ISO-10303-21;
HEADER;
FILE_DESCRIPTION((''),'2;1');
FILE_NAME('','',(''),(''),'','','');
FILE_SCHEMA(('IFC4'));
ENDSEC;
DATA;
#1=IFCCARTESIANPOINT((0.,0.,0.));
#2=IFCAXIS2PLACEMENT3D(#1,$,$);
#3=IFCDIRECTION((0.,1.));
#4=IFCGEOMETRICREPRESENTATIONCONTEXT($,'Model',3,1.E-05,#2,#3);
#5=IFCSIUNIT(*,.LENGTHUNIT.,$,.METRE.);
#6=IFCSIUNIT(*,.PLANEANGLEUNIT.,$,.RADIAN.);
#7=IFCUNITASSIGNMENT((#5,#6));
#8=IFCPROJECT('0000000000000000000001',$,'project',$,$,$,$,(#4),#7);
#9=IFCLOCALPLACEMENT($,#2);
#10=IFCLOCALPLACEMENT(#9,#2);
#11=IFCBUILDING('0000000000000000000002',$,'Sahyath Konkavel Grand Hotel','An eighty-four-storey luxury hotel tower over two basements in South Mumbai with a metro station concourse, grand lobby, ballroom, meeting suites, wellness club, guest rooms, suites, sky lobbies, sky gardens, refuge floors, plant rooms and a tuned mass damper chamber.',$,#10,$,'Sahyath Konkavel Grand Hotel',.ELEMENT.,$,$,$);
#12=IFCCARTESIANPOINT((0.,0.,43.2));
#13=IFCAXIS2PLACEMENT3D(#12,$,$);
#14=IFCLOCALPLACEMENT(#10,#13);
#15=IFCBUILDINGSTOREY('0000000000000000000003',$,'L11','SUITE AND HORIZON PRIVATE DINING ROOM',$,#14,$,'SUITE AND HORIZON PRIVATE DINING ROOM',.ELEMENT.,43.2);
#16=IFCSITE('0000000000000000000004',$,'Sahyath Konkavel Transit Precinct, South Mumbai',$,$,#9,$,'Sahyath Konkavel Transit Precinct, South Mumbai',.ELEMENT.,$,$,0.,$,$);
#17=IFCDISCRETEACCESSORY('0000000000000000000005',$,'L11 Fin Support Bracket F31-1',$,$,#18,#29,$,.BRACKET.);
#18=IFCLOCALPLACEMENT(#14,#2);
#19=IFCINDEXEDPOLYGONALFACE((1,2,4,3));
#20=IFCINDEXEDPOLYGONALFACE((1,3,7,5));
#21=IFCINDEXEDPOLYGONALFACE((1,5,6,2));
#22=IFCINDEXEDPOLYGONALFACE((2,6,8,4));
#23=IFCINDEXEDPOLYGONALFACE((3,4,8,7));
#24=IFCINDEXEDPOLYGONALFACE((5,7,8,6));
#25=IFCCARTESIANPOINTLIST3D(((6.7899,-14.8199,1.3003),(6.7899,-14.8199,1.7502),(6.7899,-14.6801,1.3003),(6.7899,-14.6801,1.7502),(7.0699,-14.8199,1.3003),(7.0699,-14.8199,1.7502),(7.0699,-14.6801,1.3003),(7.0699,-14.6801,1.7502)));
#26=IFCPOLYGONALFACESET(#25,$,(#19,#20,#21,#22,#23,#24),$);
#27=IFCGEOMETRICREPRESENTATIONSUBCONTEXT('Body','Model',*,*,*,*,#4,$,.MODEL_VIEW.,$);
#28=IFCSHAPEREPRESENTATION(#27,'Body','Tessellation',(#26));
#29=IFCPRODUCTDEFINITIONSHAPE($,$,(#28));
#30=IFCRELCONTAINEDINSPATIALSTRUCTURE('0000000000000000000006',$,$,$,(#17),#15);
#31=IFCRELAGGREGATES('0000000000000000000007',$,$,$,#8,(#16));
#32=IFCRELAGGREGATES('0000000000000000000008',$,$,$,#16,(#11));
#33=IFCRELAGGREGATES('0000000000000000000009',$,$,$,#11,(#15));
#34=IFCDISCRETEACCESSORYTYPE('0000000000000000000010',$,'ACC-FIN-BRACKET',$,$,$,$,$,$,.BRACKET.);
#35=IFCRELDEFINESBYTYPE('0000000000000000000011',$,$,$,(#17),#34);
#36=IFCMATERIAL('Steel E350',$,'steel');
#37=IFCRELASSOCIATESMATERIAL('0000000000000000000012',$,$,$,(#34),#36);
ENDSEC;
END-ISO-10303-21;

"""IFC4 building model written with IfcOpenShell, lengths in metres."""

from ifc_helpers import new_model, si_unit, direction, frame, origin, origin_2d, place, context, subcontext, project, spatial, rectangle, extrude, source, transform, mapped, material, type_object, element, save


model = new_model("IFC4")

# Units and contexts
model_context = context("Model", 3, precision=1e-05, world=origin(), true_north=direction((0.0, 1.0)))
body_context = subcontext(model_context, "Body", "Model", "MODEL_VIEW")
ifc_project = project(units=[si_unit("LENGTHUNIT", "METRE"), si_unit("PLANEANGLEUNIT", "RADIAN")], contexts=[model_context])

# Site, building, storey
site_placement = place(None, origin())
site = spatial("IfcSite", under=ifc_project, at=site_placement, Name="Sahyath Konkavel Transit Precinct, South Mumbai", LongName="Sahyath Konkavel Transit Precinct, South Mumbai", CompositionType="ELEMENT", RefElevation=0.0)
building_placement = place(site_placement, origin())
building = spatial("IfcBuilding", under=site, at=building_placement, Name="Sahyath Konkavel Grand Hotel", Description="An eighty-four-storey luxury hotel tower over two basements in South Mumbai with a metro station concourse, grand lobby, ballroom, meeting suites, wellness club, guest rooms, suites, sky lobbies, sky gardens, refuge floors, plant rooms and a tuned mass damper chamber.", LongName="Sahyath Konkavel Grand Hotel", CompositionType="ELEMENT")
storey_placement = place(building_placement, frame((0.0, 0.0, 43.2)))
storey = spatial("IfcBuildingStorey", under=building, at=storey_placement, Name="L11", Description="SUITE AND HORIZON PRIVATE DINING ROOM", LongName="SUITE AND HORIZON PRIVATE DINING ROOM", CompositionType="ELEMENT", Elevation=43.2)

# Discrete accessory
ifc_material_1 = material(Name="Steel E350", Category="steel")
discrete_accessory_type = type_object("IfcDiscreteAccessoryType", Name="ACC-FIN-BRACKET", PredefinedType="BRACKET", material=ifc_material_1)
shared_shape_1 = source(origin(), body_context, "Body", "SweptSolid", [
    extrude(rectangle(XDim=0.28, YDim=0.1399, at=origin_2d()), origin(), (0.0, 0.0, 1.0), 0.45),
])
for number, where, z_axis, x_axis, name in (
    (1, (6.9299, -14.75, 1.3003), (0.0, 0.0, 1.0), (1.0, 0.0, 0.0), "L11 Fin Support Bracket F31-1"),
):
    element("IfcDiscreteAccessory", number, at=place(storey_placement, frame(where, z_axis=z_axis, x_axis=x_axis)), inside=storey, type_object=discrete_accessory_type, Name=name, PredefinedType="BRACKET", context=body_context, shape_type="MappedRepresentation", body=[
        mapped(shared_shape_1, transform((0.0, 0.0, 0.0), scale=1.0)),
    ])

save(model, "model.ifc")
